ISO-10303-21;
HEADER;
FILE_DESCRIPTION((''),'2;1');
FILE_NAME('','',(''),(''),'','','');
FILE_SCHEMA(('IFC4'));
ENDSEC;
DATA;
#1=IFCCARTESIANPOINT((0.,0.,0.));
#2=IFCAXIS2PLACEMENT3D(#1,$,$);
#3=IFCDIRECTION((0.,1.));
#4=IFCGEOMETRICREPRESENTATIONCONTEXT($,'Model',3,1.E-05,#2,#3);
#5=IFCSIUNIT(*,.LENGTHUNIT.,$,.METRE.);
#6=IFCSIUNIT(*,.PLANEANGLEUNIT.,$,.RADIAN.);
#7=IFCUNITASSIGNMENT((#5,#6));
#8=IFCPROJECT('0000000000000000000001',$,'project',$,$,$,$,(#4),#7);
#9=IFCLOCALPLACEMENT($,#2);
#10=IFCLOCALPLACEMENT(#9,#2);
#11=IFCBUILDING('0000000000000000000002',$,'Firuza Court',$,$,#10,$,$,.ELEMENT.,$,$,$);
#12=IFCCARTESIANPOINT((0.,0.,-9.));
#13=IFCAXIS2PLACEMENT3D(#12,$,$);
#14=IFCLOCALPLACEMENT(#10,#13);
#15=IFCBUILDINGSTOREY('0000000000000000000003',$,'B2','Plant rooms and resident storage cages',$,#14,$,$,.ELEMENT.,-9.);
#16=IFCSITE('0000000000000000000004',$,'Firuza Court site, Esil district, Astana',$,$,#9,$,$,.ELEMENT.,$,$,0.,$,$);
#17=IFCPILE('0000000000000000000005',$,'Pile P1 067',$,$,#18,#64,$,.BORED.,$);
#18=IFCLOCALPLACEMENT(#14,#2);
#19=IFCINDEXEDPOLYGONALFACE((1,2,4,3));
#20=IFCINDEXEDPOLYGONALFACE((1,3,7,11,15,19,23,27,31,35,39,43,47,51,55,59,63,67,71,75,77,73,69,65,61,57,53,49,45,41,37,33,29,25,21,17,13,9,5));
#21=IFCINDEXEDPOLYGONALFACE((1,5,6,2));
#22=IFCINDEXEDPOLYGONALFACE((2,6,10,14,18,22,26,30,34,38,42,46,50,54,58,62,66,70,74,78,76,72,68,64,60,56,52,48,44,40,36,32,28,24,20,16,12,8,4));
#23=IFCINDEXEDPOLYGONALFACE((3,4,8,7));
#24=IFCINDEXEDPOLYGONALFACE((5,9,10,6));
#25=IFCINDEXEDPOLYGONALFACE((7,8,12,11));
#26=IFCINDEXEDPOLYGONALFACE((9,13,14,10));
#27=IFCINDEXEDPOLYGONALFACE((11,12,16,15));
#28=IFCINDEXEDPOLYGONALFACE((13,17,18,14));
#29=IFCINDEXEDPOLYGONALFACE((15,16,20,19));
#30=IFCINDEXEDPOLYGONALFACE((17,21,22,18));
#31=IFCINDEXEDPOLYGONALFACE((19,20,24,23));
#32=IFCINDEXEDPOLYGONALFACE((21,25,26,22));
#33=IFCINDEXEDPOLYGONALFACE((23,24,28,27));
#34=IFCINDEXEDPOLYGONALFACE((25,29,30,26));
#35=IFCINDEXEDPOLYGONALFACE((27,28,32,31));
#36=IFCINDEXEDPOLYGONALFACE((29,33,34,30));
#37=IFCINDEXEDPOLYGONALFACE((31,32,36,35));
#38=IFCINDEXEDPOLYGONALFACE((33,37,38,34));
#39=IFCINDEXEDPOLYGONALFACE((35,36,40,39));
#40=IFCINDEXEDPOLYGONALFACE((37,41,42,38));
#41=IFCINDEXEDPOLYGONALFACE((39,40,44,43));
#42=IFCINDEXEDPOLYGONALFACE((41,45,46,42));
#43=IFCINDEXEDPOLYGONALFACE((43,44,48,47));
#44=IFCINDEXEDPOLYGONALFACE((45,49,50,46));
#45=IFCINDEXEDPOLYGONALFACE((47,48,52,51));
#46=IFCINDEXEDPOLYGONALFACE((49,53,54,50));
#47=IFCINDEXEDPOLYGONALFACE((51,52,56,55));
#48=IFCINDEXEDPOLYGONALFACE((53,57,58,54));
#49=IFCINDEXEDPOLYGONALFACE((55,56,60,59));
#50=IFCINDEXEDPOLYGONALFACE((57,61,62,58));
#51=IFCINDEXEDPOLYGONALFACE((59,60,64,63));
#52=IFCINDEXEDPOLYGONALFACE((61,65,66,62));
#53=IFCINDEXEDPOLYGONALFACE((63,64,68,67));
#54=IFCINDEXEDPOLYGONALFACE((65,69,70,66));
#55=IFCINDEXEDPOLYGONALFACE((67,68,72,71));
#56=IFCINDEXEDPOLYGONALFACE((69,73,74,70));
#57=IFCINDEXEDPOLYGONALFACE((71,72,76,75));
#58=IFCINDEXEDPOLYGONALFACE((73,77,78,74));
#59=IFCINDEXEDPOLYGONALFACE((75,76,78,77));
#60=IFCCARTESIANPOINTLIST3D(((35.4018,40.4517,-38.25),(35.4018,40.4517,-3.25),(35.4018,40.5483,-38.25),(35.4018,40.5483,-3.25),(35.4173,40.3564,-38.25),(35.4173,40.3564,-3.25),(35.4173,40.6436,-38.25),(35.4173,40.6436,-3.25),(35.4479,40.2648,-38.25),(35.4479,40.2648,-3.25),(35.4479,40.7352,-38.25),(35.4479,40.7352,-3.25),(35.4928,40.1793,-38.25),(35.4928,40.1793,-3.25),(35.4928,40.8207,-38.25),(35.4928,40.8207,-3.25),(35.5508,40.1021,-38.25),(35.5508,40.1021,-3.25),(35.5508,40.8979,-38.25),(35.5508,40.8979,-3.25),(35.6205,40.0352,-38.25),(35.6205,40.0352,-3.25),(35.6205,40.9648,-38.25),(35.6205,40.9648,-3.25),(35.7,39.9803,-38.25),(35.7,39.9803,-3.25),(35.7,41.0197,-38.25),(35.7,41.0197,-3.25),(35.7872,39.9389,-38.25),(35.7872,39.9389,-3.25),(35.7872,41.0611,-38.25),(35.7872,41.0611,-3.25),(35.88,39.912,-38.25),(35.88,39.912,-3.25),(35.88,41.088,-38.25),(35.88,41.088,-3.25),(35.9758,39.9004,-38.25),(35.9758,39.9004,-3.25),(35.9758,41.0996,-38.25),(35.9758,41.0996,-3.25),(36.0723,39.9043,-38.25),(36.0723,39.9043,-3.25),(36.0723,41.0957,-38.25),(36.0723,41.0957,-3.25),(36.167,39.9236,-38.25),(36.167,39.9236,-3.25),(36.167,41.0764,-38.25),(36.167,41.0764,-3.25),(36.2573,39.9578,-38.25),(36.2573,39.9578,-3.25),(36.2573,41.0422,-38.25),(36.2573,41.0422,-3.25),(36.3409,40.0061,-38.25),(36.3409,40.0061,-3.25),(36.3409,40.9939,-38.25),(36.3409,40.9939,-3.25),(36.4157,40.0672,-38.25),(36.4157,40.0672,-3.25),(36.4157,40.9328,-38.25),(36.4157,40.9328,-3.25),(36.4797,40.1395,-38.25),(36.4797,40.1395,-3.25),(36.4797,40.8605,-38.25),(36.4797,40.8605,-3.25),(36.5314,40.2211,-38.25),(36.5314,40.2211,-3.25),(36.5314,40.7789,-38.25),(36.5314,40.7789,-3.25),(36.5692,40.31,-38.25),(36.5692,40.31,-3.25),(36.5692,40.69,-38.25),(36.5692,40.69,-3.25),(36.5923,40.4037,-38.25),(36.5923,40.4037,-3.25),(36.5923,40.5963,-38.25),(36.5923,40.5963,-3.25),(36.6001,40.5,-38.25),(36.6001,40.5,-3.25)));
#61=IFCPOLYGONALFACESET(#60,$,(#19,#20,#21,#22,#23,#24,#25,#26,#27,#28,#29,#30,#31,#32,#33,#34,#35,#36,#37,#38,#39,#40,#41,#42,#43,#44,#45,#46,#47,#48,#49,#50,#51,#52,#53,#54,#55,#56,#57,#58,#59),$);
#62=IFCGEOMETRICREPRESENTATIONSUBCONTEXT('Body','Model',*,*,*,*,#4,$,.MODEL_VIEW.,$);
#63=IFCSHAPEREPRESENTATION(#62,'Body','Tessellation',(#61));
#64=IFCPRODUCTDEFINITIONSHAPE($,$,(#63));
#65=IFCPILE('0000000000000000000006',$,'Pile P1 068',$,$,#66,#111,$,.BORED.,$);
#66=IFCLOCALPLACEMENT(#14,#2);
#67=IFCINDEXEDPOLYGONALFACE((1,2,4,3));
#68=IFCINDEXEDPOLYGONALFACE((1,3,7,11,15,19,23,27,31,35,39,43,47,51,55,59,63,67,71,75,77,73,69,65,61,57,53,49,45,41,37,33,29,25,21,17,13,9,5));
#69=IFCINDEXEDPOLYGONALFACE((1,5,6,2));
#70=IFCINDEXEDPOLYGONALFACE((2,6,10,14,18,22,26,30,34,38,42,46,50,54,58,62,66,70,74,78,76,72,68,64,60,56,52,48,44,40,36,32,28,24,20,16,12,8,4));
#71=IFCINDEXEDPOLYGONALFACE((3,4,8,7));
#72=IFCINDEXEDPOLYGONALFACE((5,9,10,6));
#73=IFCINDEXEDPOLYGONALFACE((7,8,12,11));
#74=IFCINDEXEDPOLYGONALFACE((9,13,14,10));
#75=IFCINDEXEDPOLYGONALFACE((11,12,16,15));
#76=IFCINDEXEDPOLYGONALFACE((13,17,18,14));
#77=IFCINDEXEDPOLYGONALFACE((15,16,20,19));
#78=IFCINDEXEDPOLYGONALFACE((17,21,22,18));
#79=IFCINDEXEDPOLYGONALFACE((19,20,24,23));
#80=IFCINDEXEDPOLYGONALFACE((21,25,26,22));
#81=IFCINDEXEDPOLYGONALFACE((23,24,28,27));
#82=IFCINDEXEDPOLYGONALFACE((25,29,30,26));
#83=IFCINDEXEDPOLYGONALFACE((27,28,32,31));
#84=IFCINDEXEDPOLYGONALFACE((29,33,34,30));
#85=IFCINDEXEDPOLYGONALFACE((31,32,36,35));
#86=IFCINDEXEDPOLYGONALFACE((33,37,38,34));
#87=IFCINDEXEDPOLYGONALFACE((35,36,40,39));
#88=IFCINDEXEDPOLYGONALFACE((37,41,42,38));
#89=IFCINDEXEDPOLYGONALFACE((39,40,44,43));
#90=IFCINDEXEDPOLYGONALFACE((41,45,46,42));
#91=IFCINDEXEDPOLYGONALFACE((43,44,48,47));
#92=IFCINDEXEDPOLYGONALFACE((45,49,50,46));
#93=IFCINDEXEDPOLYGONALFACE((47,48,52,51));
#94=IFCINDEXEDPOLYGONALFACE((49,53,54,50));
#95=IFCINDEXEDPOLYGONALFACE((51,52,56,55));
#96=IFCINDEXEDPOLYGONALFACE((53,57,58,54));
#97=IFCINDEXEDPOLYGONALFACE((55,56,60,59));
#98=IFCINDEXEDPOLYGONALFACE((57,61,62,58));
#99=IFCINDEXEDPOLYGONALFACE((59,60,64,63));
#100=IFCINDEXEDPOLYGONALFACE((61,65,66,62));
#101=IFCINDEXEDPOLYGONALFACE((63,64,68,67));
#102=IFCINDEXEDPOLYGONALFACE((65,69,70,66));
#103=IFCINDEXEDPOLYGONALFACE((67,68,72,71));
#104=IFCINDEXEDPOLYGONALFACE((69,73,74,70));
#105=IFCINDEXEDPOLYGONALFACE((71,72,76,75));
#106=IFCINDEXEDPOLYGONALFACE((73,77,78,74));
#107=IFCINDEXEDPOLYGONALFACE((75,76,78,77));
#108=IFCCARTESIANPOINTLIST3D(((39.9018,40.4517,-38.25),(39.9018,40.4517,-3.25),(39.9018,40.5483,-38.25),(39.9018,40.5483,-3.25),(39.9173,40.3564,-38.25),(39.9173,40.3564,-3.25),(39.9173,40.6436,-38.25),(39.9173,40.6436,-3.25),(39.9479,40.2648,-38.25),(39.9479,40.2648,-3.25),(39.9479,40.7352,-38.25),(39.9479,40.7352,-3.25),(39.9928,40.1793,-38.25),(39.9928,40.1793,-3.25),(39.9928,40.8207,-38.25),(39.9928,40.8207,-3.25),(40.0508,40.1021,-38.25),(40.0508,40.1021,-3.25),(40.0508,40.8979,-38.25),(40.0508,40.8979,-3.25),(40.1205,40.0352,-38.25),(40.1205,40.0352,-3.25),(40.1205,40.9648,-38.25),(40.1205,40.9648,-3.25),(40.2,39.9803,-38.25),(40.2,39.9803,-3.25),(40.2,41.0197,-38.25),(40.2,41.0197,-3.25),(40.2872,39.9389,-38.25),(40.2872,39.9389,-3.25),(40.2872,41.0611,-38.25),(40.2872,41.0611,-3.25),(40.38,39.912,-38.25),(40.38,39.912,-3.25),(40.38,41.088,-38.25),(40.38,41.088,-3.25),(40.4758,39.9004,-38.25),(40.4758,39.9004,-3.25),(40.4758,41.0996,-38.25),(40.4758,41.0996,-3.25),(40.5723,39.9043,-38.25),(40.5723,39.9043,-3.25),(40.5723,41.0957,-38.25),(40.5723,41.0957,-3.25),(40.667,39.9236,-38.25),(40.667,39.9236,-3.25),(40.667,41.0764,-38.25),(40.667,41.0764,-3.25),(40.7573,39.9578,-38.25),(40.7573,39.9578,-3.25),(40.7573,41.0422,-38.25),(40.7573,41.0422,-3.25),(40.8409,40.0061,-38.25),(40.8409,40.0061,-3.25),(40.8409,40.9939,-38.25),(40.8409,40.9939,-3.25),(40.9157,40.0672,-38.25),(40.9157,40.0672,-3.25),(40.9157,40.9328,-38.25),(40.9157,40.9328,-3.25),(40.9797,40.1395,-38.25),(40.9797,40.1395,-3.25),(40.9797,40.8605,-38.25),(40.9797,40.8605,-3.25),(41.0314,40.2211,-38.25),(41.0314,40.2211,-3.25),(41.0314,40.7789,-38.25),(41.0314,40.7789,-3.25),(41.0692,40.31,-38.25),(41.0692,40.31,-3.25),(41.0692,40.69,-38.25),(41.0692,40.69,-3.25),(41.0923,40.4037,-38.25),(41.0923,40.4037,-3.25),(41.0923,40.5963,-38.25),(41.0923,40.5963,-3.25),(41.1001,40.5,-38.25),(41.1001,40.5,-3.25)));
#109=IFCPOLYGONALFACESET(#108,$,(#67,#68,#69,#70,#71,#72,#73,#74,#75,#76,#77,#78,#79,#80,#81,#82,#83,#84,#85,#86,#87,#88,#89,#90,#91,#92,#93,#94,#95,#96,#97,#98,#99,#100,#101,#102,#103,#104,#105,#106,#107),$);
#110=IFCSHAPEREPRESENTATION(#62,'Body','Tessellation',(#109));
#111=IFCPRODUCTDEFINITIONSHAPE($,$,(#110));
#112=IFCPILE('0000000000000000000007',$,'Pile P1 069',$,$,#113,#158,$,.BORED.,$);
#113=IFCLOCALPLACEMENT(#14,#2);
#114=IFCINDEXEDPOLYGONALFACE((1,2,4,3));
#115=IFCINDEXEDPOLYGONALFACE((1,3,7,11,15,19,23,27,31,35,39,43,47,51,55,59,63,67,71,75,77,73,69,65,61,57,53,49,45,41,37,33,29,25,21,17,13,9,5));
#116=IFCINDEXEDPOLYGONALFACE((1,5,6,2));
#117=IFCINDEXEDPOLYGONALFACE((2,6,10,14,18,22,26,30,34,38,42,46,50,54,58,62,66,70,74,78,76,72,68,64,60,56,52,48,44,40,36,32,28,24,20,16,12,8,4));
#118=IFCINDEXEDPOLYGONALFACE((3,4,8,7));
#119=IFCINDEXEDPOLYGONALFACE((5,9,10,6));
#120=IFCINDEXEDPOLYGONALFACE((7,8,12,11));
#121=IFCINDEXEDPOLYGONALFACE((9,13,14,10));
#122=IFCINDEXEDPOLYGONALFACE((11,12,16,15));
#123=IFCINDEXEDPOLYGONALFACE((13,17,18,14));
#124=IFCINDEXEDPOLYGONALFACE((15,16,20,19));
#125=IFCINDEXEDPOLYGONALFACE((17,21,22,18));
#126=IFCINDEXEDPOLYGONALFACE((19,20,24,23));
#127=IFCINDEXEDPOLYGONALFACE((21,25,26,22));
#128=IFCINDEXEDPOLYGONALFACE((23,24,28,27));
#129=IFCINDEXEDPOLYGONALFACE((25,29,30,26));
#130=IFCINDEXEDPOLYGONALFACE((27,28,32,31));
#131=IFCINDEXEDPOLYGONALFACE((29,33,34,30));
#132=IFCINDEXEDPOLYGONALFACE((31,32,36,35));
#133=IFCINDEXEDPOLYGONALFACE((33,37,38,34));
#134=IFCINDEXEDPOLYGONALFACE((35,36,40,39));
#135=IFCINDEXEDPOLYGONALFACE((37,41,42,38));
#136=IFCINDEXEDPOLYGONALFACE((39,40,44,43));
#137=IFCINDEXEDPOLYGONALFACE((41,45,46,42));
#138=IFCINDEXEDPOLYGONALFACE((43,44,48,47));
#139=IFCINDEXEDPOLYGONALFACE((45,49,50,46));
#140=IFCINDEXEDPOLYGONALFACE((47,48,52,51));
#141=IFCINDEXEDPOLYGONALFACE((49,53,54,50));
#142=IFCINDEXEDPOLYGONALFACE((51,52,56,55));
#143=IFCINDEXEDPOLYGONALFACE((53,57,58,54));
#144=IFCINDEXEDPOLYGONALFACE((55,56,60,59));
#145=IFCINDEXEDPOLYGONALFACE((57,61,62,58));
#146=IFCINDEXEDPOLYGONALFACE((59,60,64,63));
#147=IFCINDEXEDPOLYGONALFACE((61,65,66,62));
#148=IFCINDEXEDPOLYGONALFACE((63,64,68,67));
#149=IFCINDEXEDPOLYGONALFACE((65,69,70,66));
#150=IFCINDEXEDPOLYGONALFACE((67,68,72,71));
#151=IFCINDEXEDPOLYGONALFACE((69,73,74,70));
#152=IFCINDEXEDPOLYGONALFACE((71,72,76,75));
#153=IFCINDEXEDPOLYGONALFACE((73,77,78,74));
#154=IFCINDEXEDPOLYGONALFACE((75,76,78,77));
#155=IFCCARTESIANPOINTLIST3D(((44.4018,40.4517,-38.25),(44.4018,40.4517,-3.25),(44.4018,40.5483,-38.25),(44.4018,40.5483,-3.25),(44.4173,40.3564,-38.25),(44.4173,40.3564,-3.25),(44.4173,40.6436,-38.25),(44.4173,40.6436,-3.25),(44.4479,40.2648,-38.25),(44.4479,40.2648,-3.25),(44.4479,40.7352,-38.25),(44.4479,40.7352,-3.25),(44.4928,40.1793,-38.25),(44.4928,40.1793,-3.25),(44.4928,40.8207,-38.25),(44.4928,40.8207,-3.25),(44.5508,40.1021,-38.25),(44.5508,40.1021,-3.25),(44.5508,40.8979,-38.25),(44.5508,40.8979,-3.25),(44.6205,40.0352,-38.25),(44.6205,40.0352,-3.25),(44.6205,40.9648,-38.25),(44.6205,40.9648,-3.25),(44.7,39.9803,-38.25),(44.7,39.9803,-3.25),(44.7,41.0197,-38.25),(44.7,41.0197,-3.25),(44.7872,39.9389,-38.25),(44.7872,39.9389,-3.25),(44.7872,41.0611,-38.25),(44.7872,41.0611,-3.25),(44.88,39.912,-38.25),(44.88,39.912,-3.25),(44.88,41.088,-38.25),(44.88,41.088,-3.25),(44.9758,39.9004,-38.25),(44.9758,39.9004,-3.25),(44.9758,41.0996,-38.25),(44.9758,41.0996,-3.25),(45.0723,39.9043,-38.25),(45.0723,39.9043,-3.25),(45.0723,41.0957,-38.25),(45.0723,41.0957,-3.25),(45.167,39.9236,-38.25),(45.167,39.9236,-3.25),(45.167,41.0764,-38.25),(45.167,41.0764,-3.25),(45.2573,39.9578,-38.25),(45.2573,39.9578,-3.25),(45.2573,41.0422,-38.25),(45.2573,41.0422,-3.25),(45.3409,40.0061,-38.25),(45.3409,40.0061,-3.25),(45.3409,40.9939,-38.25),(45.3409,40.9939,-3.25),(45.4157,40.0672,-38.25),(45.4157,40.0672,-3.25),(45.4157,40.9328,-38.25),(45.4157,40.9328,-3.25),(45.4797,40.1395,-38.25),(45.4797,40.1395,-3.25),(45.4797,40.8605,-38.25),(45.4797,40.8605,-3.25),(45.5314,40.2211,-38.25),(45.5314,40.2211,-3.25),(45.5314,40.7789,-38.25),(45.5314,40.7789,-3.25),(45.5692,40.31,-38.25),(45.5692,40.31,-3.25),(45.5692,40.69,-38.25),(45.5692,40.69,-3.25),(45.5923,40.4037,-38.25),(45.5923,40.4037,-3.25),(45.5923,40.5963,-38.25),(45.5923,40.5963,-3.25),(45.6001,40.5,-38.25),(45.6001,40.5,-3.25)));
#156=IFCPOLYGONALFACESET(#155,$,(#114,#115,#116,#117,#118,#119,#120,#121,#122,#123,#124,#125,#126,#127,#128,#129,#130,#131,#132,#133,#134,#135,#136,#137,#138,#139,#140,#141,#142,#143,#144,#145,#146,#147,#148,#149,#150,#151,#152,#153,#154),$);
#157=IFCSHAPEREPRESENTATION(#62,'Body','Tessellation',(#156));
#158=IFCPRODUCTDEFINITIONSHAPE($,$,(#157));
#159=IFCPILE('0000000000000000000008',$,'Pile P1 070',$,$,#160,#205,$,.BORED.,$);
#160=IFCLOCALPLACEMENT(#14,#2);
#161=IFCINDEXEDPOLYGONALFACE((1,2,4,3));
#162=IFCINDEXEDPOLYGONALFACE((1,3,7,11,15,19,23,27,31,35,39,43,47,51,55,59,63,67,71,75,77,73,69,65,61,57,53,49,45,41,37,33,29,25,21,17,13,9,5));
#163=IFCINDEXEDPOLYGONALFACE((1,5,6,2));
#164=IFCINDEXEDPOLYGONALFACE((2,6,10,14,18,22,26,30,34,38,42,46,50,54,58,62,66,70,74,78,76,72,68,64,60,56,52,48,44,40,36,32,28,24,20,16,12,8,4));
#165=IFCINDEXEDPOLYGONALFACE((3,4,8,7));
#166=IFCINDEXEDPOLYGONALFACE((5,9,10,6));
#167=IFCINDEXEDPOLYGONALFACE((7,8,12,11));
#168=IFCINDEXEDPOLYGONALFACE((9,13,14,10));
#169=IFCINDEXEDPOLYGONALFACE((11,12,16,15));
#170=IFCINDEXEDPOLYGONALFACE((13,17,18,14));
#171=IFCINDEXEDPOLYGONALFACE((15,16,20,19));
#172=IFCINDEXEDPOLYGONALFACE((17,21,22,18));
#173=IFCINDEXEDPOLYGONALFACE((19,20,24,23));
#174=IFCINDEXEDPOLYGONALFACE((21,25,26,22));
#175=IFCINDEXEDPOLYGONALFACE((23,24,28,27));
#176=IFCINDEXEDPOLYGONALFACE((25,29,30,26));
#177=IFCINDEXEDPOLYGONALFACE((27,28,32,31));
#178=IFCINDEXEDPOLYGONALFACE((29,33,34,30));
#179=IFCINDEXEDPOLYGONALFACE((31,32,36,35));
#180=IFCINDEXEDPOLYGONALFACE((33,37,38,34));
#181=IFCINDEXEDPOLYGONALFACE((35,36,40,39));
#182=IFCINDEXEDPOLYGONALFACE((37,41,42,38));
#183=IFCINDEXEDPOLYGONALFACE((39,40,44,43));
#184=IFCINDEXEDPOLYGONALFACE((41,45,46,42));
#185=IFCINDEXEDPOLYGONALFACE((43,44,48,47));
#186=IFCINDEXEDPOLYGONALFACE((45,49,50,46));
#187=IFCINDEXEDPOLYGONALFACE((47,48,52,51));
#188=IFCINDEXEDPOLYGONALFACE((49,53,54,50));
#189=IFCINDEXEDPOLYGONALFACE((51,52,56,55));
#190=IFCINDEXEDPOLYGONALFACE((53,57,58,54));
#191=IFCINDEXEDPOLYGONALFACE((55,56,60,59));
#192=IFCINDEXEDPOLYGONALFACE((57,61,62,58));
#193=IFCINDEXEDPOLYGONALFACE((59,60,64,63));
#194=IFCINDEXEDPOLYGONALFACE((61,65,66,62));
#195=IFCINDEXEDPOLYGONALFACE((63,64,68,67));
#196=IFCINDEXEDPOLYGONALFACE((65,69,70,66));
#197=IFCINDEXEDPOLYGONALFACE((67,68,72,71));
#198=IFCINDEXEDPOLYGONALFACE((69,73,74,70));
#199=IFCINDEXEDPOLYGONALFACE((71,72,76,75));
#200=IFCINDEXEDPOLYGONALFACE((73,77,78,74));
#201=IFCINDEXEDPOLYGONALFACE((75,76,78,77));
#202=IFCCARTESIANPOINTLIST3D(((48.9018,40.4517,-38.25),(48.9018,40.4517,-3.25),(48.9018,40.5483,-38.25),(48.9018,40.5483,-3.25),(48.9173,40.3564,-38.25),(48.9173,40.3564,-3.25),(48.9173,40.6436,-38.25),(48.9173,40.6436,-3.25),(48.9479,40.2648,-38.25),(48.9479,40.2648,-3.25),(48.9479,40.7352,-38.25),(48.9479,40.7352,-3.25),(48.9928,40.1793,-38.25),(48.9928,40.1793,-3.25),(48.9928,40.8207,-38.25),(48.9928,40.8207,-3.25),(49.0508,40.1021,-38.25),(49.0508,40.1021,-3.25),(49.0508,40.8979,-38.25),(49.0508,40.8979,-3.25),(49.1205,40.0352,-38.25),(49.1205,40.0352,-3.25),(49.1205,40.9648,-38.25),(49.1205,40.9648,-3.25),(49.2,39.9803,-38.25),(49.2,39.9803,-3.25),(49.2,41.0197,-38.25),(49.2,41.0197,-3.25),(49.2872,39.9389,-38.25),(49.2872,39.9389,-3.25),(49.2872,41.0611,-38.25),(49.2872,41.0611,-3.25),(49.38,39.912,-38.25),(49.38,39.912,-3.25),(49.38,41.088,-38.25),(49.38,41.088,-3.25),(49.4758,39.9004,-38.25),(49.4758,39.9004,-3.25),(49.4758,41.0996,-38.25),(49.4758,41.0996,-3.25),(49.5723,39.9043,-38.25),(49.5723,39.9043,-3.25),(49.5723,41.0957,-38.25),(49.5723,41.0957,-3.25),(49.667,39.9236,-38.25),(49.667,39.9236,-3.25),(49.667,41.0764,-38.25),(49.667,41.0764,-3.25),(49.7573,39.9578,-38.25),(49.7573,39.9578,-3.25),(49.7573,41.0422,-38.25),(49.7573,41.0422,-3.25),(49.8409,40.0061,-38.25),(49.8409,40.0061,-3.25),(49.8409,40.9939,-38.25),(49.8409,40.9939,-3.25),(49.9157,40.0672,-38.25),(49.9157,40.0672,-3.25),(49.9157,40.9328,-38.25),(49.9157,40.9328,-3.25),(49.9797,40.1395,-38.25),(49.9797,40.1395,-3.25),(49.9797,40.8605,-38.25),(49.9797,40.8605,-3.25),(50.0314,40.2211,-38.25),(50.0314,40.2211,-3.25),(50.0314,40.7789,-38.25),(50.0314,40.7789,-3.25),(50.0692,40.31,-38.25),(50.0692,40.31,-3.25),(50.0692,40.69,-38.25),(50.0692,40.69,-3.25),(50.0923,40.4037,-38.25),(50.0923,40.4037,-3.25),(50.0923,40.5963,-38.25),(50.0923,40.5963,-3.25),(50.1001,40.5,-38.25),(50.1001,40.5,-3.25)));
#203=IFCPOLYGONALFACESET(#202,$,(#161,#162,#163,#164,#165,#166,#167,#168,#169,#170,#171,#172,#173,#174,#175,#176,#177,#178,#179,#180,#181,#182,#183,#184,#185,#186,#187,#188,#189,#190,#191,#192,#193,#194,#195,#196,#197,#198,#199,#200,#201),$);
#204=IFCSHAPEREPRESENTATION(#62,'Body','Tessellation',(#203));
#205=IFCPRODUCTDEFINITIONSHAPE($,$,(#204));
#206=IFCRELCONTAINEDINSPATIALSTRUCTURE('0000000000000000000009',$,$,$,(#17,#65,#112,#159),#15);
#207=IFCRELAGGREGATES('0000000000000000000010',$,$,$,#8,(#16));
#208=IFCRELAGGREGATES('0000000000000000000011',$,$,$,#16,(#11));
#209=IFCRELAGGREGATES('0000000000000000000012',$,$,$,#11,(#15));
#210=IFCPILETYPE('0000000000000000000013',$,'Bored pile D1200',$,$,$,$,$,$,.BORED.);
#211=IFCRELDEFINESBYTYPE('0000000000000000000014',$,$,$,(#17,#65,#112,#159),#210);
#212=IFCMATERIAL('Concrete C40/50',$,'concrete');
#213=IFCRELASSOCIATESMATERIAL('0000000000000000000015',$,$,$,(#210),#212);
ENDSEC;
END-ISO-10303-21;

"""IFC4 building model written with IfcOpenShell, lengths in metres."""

from ifc_helpers import new_model, si_unit, direction, frame, origin, origin_2d, place, context, subcontext, project, spatial, circle, extrude, material, material_profile, profile_set, type_object, element, save


model = new_model("IFC4")

# Units and contexts
model_context = context("Model", 3, precision=1e-05, world=origin(), true_north=direction((0.0, 1.0)))
body_context = subcontext(model_context, "Body", "Model", "MODEL_VIEW")
ifc_project = project(units=[si_unit("LENGTHUNIT", "METRE"), si_unit("PLANEANGLEUNIT", "RADIAN")], contexts=[model_context])

# Site, building, storey
site_placement = place(None, origin())
site = spatial("IfcSite", under=ifc_project, at=site_placement, Name="Firuza Court site, Esil district, Astana", CompositionType="ELEMENT", RefElevation=0.0)
building_placement = place(site_placement, origin())
building = spatial("IfcBuilding", under=site, at=building_placement, Name="Firuza Court", CompositionType="ELEMENT")
storey_placement = place(building_placement, frame((0.0, 0.0, -9.0)))
storey = spatial("IfcBuildingStorey", under=building, at=storey_placement, Name="B2", Description="Plant rooms and resident storage cages", CompositionType="ELEMENT", Elevation=-9.0)

# Piles
ifc_material_1 = material(Name="Concrete C40/50", Category="concrete")
ifc_material_profile_1 = material_profile(ifc_material_1, circle(Radius=0.6001, at=origin_2d()), Name="Pile D1200")
ifc_profile_set_1 = profile_set([ifc_material_profile_1], Name="Concrete C40/50")
pile_type = type_object("IfcPileType", Name="Bored pile D1200", PredefinedType="BORED", material=ifc_profile_set_1)
for number, where, z_axis, x_axis, name in (
    (1, (36.0, 40.5, -3.25), (0.0, 0.0, -1.0), (1.0, 0.0, 0.0), "Pile P1 067"),
    (2, (40.5, 40.5, -3.25), (0.0, 0.0, -1.0), (1.0, 0.0, 0.0), "Pile P1 068"),
    (3, (45.0, 40.5, -3.25), (0.0, 0.0, -1.0), (1.0, 0.0, 0.0), "Pile P1 069"),
    (4, (49.5, 40.5, -3.25), (0.0, 0.0, -1.0), (1.0, 0.0, 0.0), "Pile P1 070"),
):
    element("IfcPile", number, at=place(storey_placement, frame(where, z_axis=z_axis, x_axis=x_axis)), inside=storey, type_object=pile_type, Name=name, PredefinedType="BORED", context=body_context, shape_type="SweptSolid", body=[
        extrude(circle(Radius=0.6001, at=origin_2d()), origin(), (0.0, 0.0, 1.0), 35.0),
    ])

save(model, "model.ifc")
